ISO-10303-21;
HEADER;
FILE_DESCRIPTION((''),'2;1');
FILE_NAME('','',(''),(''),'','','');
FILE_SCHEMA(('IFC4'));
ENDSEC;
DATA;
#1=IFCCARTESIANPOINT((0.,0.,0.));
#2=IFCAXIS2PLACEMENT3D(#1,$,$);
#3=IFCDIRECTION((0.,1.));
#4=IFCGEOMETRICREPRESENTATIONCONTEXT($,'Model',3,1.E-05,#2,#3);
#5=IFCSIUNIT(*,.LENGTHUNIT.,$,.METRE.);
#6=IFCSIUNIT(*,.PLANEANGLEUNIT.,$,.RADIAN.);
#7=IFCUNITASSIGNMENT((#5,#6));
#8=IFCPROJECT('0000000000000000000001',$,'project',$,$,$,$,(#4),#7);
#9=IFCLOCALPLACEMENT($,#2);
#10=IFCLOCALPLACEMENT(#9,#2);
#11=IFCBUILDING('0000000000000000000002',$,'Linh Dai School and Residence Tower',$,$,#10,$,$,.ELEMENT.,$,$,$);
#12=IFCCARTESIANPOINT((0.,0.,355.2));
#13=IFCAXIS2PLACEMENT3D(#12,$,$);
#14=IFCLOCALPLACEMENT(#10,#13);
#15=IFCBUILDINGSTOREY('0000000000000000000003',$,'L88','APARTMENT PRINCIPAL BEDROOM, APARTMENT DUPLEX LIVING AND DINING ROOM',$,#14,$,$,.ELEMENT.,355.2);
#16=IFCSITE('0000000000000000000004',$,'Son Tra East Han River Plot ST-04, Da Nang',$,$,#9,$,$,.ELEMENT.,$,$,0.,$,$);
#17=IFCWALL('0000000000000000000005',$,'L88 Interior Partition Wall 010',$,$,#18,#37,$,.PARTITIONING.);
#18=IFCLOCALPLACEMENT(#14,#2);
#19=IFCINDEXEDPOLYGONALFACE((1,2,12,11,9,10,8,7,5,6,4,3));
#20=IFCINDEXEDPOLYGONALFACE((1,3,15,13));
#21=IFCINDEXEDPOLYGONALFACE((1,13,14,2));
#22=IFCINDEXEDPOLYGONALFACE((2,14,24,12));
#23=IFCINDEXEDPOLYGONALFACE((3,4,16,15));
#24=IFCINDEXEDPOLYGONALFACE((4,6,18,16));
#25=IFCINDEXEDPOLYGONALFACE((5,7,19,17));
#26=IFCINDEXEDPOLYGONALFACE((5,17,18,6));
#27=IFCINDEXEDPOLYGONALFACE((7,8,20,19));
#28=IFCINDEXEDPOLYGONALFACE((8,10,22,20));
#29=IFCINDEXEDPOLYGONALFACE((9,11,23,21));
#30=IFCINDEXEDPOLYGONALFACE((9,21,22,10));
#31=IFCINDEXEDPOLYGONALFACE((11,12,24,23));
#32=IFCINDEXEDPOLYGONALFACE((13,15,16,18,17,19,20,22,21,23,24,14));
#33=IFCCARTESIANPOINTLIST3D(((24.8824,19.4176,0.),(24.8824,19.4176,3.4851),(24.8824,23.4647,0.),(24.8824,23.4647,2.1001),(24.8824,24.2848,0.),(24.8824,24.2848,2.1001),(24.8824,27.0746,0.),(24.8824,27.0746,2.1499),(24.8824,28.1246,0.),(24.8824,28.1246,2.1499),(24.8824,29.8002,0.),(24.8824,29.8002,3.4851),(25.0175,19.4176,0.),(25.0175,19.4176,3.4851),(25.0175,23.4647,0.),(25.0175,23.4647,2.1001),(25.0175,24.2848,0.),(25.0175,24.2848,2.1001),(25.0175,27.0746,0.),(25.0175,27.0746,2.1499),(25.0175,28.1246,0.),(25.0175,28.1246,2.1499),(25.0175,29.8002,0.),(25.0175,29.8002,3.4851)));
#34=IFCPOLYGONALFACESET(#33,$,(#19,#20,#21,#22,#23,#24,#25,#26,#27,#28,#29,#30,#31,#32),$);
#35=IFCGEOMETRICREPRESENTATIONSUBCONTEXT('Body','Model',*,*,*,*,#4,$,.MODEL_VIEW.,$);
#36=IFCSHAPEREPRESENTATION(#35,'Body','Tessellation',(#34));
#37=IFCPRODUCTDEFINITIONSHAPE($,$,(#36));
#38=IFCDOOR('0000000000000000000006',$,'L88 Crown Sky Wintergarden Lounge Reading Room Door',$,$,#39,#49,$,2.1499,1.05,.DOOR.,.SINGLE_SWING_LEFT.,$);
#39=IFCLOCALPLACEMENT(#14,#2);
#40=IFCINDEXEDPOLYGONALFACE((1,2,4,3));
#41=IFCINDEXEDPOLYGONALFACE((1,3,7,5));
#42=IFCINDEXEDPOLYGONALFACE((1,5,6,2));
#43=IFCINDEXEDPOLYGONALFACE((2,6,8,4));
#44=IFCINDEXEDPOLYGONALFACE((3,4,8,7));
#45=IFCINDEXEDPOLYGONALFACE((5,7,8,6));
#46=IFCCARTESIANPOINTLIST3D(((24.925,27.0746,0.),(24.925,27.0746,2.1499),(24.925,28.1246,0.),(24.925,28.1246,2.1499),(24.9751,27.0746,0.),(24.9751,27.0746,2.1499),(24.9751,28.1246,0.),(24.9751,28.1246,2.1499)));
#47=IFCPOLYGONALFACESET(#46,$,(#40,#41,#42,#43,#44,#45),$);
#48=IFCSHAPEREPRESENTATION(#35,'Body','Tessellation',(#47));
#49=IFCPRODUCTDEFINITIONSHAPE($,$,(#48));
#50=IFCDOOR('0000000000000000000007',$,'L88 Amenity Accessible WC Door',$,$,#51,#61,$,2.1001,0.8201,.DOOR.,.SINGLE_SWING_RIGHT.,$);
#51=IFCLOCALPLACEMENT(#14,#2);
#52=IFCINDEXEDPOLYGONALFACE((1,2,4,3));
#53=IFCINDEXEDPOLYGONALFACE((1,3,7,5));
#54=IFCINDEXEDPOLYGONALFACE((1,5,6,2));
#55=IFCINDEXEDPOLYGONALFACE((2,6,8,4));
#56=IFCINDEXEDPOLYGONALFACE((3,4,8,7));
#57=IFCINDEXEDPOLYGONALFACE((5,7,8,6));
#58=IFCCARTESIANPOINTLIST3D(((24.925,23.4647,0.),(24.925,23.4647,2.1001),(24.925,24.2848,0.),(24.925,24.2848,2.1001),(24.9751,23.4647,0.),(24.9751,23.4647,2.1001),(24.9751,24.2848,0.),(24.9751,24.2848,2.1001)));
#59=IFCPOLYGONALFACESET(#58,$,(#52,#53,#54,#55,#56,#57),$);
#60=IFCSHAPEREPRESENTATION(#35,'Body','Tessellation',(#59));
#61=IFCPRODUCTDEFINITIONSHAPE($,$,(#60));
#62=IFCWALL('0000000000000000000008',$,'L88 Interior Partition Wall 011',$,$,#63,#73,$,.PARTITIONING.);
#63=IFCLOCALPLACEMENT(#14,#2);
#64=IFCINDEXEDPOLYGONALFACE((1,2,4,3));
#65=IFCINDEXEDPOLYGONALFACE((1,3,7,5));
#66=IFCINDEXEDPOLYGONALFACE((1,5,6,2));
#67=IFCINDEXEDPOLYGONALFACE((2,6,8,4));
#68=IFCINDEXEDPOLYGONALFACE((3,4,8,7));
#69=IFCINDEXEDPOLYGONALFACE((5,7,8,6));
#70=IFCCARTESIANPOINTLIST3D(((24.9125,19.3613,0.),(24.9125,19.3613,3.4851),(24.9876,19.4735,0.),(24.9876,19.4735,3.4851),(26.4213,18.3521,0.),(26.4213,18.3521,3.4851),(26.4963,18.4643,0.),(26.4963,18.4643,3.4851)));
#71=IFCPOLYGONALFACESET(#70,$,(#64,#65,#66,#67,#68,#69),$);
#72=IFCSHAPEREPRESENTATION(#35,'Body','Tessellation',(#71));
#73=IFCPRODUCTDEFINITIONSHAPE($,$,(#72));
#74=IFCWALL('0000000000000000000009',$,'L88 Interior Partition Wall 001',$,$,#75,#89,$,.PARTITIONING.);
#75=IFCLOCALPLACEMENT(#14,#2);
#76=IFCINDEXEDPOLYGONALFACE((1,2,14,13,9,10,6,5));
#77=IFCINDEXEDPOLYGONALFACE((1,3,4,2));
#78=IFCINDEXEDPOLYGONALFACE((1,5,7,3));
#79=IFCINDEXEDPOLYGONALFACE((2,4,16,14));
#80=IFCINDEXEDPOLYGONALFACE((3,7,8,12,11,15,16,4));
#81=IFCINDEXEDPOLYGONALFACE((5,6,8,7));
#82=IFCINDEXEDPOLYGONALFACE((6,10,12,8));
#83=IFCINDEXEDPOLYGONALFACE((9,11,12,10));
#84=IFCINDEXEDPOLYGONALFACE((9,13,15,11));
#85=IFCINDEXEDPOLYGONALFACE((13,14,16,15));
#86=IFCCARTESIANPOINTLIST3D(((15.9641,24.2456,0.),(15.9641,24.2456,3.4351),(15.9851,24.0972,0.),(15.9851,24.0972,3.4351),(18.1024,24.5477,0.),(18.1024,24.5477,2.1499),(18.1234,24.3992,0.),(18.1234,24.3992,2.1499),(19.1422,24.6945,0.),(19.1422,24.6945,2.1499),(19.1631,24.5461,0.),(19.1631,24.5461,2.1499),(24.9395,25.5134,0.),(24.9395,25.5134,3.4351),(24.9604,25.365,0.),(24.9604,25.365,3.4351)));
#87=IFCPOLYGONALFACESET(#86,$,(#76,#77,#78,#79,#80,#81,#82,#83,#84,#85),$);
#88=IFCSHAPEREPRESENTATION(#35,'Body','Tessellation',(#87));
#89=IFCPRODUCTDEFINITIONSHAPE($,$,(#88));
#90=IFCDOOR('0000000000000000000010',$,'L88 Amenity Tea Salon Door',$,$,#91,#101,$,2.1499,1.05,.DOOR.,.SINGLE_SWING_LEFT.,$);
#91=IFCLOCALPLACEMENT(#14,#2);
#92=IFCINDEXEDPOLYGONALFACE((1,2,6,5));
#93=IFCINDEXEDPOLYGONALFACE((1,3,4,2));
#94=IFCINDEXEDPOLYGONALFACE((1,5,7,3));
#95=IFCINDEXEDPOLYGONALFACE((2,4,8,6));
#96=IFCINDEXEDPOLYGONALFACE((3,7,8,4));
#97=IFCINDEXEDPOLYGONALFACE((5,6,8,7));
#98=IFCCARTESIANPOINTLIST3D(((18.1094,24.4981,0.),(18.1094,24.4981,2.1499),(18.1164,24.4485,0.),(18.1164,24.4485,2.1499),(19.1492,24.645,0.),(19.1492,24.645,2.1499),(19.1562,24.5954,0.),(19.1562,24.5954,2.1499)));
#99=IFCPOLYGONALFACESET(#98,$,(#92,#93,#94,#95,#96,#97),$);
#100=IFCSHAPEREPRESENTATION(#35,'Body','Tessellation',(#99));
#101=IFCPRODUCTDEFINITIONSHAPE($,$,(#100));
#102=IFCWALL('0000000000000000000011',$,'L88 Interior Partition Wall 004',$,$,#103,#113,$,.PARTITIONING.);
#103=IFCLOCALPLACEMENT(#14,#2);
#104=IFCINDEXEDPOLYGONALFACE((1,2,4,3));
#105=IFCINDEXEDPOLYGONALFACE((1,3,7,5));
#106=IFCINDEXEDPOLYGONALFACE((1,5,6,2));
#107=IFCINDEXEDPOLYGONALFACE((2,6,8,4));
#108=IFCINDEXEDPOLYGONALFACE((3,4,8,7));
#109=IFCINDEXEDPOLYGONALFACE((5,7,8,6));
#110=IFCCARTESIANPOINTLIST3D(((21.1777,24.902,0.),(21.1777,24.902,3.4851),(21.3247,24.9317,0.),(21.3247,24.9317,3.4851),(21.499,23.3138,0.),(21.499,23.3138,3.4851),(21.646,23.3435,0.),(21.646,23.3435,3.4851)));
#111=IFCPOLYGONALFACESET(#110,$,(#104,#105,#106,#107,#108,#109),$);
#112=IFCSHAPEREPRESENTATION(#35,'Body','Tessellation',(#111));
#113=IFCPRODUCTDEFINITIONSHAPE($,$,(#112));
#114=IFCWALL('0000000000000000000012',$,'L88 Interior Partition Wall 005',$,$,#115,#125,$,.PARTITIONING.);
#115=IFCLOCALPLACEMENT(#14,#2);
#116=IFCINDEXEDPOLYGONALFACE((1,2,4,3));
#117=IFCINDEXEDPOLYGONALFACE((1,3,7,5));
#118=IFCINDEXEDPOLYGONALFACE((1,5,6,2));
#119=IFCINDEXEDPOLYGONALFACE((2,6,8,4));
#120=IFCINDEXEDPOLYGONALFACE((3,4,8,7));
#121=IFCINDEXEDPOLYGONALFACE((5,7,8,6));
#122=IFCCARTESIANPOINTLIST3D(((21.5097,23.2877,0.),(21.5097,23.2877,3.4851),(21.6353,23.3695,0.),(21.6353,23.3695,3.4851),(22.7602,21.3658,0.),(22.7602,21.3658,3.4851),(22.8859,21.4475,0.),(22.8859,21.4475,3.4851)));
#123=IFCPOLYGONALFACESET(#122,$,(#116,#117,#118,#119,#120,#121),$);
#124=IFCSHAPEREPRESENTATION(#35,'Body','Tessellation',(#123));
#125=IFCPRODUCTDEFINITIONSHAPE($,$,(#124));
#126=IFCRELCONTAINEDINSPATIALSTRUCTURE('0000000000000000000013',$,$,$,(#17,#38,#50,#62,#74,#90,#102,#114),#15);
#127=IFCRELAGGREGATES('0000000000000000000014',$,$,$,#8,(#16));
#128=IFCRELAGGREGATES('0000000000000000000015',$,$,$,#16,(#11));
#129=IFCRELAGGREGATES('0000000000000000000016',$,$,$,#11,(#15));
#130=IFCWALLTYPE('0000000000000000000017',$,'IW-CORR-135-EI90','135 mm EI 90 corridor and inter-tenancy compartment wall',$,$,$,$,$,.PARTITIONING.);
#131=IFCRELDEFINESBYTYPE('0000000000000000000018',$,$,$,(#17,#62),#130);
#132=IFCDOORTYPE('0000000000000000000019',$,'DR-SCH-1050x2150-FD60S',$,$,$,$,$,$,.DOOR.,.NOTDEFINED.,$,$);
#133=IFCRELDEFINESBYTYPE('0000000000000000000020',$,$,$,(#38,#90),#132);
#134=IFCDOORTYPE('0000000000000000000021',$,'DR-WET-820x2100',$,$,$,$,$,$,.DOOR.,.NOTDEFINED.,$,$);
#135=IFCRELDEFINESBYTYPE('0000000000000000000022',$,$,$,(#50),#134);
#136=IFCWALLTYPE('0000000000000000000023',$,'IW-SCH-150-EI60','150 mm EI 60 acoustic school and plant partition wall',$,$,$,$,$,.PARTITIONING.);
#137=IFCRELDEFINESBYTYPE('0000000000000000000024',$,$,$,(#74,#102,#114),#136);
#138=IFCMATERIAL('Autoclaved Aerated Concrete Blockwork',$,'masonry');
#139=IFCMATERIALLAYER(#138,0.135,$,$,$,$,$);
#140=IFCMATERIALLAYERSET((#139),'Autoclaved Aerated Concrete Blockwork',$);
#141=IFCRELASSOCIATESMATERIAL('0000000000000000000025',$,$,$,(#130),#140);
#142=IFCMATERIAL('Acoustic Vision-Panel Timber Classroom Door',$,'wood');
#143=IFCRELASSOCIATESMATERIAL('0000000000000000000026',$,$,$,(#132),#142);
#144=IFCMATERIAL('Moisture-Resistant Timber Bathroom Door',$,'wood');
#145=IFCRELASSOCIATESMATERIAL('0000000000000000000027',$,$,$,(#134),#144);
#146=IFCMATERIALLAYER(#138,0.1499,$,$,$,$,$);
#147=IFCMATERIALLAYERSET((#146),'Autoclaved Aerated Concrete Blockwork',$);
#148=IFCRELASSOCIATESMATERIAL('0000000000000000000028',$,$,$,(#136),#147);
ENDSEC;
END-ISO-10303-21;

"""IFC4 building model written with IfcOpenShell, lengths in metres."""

from ifc_helpers import new_model, si_unit, direction, frame, frame_2d, origin, origin_2d, place, context, subcontext, project, spatial, rectangle, extrude, source, transform, mapped, material, layer, layer_set, type_object, element, fill, save


model = new_model("IFC4")

# Units and contexts
model_context = context("Model", 3, precision=1e-05, world=origin(), true_north=direction((0.0, 1.0)))
body_context = subcontext(model_context, "Body", "Model", "MODEL_VIEW")
ifc_project = project(units=[si_unit("LENGTHUNIT", "METRE"), si_unit("PLANEANGLEUNIT", "RADIAN")], contexts=[model_context])

# Site, building, storey
site_placement = place(None, origin())
site = spatial("IfcSite", under=ifc_project, at=site_placement, Name="Son Tra East Han River Plot ST-04, Da Nang", CompositionType="ELEMENT", RefElevation=0.0)
building_placement = place(site_placement, origin())
building = spatial("IfcBuilding", under=site, at=building_placement, Name="Linh Dai School and Residence Tower", CompositionType="ELEMENT")
storey_placement = place(building_placement, frame((0.0, 0.0, 355.2)))
storey = spatial("IfcBuildingStorey", under=building, at=storey_placement, Name="L88", Description="APARTMENT PRINCIPAL BEDROOM, APARTMENT DUPLEX LIVING AND DINING ROOM", CompositionType="ELEMENT", Elevation=355.2)

# Shared definitions
ifc_material_1 = material(Name="Autoclaved Aerated Concrete Blockwork", Category="masonry")
ifc_layer_1 = layer(ifc_material_1, 0.135)
ifc_layer_set_1 = layer_set([ifc_layer_1], Name="Autoclaved Aerated Concrete Blockwork")
wall_type_1 = type_object("IfcWallType", Name="IW-CORR-135-EI90", Description="135 mm EI 90 corridor and inter-tenancy compartment wall", PredefinedType="PARTITIONING", material=ifc_layer_set_1)

# Wall, openings, doors
wall_1_placement = place(storey_placement, frame((24.95, 19.4175, 0.0), z_axis=(0.0, 0.0, 1.0), x_axis=(0.0, 1.0, 0.0)))
wall_1 = element("IfcWall", 1, at=wall_1_placement, inside=storey, type_object=wall_type_1, Name="L88 Interior Partition Wall 010", PredefinedType="PARTITIONING", context=body_context, shape_type="SweptSolid", body=[
    extrude(rectangle(XDim=10.3826, YDim=0.135, at=frame_2d((5.1914, 0.0))), origin(), (0.0, 0.0, 1.0), 3.4851),
])
opening_1_placement = place(wall_1_placement, frame((7.6572, 0.0, 0.0)))
opening_1 = element("IfcOpeningElement", 2, at=opening_1_placement, cuts=wall_1, PredefinedType="OPENING", context=body_context, shape_type="SweptSolid", body=[
    extrude(rectangle(XDim=1.05, YDim=2.1499, at=origin_2d()), frame((0.5249, 0.0776, 1.075), z_axis=(0.0, -1.0, 0.0), x_axis=(1.0, 0.0, 0.0)), (0.0, 0.0, 1.0), 0.155),
])
opening_2_placement = place(wall_1_placement, frame((4.0471, 0.0, 0.0)))
opening_2 = element("IfcOpeningElement", 3, at=opening_2_placement, cuts=wall_1, PredefinedType="OPENING", context=body_context, shape_type="SweptSolid", body=[
    extrude(rectangle(XDim=0.8201, YDim=2.1001, at=origin_2d()), frame((0.4102, 0.0776, 1.05), z_axis=(0.0, -1.0, 0.0), x_axis=(1.0, 0.0, 0.0)), (0.0, 0.0, 1.0), 0.155),
])
ifc_material_2 = material(Name="Acoustic Vision-Panel Timber Classroom Door", Category="wood")
door_type_1 = type_object("IfcDoorType", Name="DR-SCH-1050x2150-FD60S", OperationType="NOTDEFINED", PredefinedType="DOOR", material=ifc_material_2)
shared_shape_1 = source(origin(), body_context, "Body", "SweptSolid", [
    extrude(rectangle(XDim=1.05, YDim=2.1499, at=origin_2d()), frame((0.5249, 0.0249, 1.075), z_axis=(0.0, -1.0, 0.0), x_axis=(1.0, 0.0, 0.0)), (0.0, 0.0, 1.0), 0.05),
])
door_1_placement = place(opening_1_placement, origin())
door_1 = element("IfcDoor", 4, at=door_1_placement, inside=storey, type_object=door_type_1, Name="L88 Crown Sky Wintergarden Lounge Reading Room Door", OperationType="SINGLE_SWING_LEFT", OverallHeight=2.1499, OverallWidth=1.05, PredefinedType="DOOR", context=body_context, shape_type="MappedRepresentation", body=[
    mapped(shared_shape_1, transform((0.0, 0.0, 0.0), x_axis=(1.0, 0.0, 0.0), y_axis=(0.0, 1.0, 0.0), z_axis=(0.0, 0.0, 1.0), scale=1.0)),
])
fill(opening_1, door_1)
ifc_material_3 = material(Name="Moisture-Resistant Timber Bathroom Door", Category="wood")
door_type_2 = type_object("IfcDoorType", Name="DR-WET-820x2100", OperationType="NOTDEFINED", PredefinedType="DOOR", material=ifc_material_3)
shared_shape_2 = source(origin(), body_context, "Body", "SweptSolid", [
    extrude(rectangle(XDim=0.8201, YDim=2.1001, at=origin_2d()), frame((0.4102, 0.0249, 1.05), z_axis=(0.0, -1.0, 0.0), x_axis=(1.0, 0.0, 0.0)), (0.0, 0.0, 1.0), 0.05),
])
door_2_placement = place(opening_2_placement, origin())
door_2 = element("IfcDoor", 5, at=door_2_placement, inside=storey, type_object=door_type_2, Name="L88 Amenity Accessible WC Door", OperationType="SINGLE_SWING_RIGHT", OverallHeight=2.1001, OverallWidth=0.8201, PredefinedType="DOOR", context=body_context, shape_type="MappedRepresentation", body=[
    mapped(shared_shape_2, transform((0.0, 0.0, 0.0), x_axis=(1.0, 0.0, 0.0), y_axis=(0.0, 1.0, 0.0), z_axis=(0.0, 0.0, 1.0), scale=1.0)),
])
fill(opening_2, door_2)

# Wall
wall_2_placement = place(storey_placement, frame((24.95, 19.4175, 0.0), z_axis=(0.0, 0.0, 1.0), x_axis=(0.83118, -0.556003, 0.0)))
element("IfcWall", 6, at=wall_2_placement, inside=storey, type_object=wall_type_1, Name="L88 Interior Partition Wall 011", PredefinedType="PARTITIONING", context=body_context, shape_type="SweptSolid", body=[
    extrude(rectangle(XDim=1.8152, YDim=0.135, at=frame_2d((0.9077, 0.0))), origin(), (0.0, 0.0, 1.0), 3.4851),
])

# Wall, opening, door
ifc_layer_2 = layer(ifc_material_1, 0.1499)
ifc_layer_set_2 = layer_set([ifc_layer_2], Name="Autoclaved Aerated Concrete Blockwork")
wall_type_2 = type_object("IfcWallType", Name="IW-SCH-150-EI60", Description="150 mm EI 60 acoustic school and plant partition wall", PredefinedType="PARTITIONING", material=ifc_layer_set_2)
wall_3_placement = place(storey_placement, frame((15.9746, 24.1714, 0.0), z_axis=(0.0, 0.0, 1.0), x_axis=(0.99017, 0.139868, 0.0)))
wall_3 = element("IfcWall", 7, at=wall_3_placement, inside=storey, type_object=wall_type_2, Name="L88 Interior Partition Wall 001", PredefinedType="PARTITIONING", context=body_context, shape_type="SweptSolid", body=[
    extrude(rectangle(XDim=9.0645, YDim=0.1499, at=frame_2d((4.5322, 0.0))), origin(), (0.0, 0.0, 1.0), 3.4351),
])
opening_3_placement = place(wall_3_placement, frame((2.1597, 0.0, 0.0)))
opening_3 = element("IfcOpeningElement", 8, at=opening_3_placement, cuts=wall_3, PredefinedType="OPENING", context=body_context, shape_type="SweptSolid", body=[
    extrude(rectangle(XDim=1.05, YDim=2.1499, at=origin_2d()), frame((0.5249, 0.085, 1.075), z_axis=(0.0, -1.0, 0.0), x_axis=(1.0, 0.0, 0.0)), (0.0, 0.0, 1.0), 0.1699),
])
door_3_placement = place(opening_3_placement, origin())
door_3 = element("IfcDoor", 9, at=door_3_placement, inside=storey, type_object=door_type_1, Name="L88 Amenity Tea Salon Door", OperationType="SINGLE_SWING_LEFT", OverallHeight=2.1499, OverallWidth=1.05, PredefinedType="DOOR", context=body_context, shape_type="MappedRepresentation", body=[
    mapped(shared_shape_1, transform((0.0, 0.0, 0.0), x_axis=(1.0, 0.0, 0.0), y_axis=(0.0, 1.0, 0.0), z_axis=(0.0, 0.0, 1.0), scale=1.0)),
])
fill(opening_3, door_3)

# Walls
wall_4_placement = place(storey_placement, frame((21.2512, 24.9167, 0.0), z_axis=(0.0, 0.0, 1.0), x_axis=(0.198289, -0.980144, 0.0)))
element("IfcWall", 10, at=wall_4_placement, inside=storey, type_object=wall_type_2, Name="L88 Interior Partition Wall 004", PredefinedType="PARTITIONING", context=body_context, shape_type="SweptSolid", body=[
    extrude(rectangle(XDim=1.6204, YDim=0.1499, at=frame_2d((0.8101, 0.0))), origin(), (0.0, 0.0, 1.0), 3.4851),
])
wall_5_placement = place(storey_placement, frame((21.5725, 23.3286, 0.0), z_axis=(0.0, 0.0, 1.0), x_axis=(0.545378, -0.838191, 0.0)))
element("IfcWall", 11, at=wall_5_placement, inside=storey, type_object=wall_type_2, Name="L88 Interior Partition Wall 005", PredefinedType="PARTITIONING", context=body_context, shape_type="SweptSolid", body=[
    extrude(rectangle(XDim=2.293, YDim=0.1499, at=frame_2d((1.1465, 0.0))), origin(), (0.0, 0.0, 1.0), 3.4851),
])

save(model, "model.ifc")
